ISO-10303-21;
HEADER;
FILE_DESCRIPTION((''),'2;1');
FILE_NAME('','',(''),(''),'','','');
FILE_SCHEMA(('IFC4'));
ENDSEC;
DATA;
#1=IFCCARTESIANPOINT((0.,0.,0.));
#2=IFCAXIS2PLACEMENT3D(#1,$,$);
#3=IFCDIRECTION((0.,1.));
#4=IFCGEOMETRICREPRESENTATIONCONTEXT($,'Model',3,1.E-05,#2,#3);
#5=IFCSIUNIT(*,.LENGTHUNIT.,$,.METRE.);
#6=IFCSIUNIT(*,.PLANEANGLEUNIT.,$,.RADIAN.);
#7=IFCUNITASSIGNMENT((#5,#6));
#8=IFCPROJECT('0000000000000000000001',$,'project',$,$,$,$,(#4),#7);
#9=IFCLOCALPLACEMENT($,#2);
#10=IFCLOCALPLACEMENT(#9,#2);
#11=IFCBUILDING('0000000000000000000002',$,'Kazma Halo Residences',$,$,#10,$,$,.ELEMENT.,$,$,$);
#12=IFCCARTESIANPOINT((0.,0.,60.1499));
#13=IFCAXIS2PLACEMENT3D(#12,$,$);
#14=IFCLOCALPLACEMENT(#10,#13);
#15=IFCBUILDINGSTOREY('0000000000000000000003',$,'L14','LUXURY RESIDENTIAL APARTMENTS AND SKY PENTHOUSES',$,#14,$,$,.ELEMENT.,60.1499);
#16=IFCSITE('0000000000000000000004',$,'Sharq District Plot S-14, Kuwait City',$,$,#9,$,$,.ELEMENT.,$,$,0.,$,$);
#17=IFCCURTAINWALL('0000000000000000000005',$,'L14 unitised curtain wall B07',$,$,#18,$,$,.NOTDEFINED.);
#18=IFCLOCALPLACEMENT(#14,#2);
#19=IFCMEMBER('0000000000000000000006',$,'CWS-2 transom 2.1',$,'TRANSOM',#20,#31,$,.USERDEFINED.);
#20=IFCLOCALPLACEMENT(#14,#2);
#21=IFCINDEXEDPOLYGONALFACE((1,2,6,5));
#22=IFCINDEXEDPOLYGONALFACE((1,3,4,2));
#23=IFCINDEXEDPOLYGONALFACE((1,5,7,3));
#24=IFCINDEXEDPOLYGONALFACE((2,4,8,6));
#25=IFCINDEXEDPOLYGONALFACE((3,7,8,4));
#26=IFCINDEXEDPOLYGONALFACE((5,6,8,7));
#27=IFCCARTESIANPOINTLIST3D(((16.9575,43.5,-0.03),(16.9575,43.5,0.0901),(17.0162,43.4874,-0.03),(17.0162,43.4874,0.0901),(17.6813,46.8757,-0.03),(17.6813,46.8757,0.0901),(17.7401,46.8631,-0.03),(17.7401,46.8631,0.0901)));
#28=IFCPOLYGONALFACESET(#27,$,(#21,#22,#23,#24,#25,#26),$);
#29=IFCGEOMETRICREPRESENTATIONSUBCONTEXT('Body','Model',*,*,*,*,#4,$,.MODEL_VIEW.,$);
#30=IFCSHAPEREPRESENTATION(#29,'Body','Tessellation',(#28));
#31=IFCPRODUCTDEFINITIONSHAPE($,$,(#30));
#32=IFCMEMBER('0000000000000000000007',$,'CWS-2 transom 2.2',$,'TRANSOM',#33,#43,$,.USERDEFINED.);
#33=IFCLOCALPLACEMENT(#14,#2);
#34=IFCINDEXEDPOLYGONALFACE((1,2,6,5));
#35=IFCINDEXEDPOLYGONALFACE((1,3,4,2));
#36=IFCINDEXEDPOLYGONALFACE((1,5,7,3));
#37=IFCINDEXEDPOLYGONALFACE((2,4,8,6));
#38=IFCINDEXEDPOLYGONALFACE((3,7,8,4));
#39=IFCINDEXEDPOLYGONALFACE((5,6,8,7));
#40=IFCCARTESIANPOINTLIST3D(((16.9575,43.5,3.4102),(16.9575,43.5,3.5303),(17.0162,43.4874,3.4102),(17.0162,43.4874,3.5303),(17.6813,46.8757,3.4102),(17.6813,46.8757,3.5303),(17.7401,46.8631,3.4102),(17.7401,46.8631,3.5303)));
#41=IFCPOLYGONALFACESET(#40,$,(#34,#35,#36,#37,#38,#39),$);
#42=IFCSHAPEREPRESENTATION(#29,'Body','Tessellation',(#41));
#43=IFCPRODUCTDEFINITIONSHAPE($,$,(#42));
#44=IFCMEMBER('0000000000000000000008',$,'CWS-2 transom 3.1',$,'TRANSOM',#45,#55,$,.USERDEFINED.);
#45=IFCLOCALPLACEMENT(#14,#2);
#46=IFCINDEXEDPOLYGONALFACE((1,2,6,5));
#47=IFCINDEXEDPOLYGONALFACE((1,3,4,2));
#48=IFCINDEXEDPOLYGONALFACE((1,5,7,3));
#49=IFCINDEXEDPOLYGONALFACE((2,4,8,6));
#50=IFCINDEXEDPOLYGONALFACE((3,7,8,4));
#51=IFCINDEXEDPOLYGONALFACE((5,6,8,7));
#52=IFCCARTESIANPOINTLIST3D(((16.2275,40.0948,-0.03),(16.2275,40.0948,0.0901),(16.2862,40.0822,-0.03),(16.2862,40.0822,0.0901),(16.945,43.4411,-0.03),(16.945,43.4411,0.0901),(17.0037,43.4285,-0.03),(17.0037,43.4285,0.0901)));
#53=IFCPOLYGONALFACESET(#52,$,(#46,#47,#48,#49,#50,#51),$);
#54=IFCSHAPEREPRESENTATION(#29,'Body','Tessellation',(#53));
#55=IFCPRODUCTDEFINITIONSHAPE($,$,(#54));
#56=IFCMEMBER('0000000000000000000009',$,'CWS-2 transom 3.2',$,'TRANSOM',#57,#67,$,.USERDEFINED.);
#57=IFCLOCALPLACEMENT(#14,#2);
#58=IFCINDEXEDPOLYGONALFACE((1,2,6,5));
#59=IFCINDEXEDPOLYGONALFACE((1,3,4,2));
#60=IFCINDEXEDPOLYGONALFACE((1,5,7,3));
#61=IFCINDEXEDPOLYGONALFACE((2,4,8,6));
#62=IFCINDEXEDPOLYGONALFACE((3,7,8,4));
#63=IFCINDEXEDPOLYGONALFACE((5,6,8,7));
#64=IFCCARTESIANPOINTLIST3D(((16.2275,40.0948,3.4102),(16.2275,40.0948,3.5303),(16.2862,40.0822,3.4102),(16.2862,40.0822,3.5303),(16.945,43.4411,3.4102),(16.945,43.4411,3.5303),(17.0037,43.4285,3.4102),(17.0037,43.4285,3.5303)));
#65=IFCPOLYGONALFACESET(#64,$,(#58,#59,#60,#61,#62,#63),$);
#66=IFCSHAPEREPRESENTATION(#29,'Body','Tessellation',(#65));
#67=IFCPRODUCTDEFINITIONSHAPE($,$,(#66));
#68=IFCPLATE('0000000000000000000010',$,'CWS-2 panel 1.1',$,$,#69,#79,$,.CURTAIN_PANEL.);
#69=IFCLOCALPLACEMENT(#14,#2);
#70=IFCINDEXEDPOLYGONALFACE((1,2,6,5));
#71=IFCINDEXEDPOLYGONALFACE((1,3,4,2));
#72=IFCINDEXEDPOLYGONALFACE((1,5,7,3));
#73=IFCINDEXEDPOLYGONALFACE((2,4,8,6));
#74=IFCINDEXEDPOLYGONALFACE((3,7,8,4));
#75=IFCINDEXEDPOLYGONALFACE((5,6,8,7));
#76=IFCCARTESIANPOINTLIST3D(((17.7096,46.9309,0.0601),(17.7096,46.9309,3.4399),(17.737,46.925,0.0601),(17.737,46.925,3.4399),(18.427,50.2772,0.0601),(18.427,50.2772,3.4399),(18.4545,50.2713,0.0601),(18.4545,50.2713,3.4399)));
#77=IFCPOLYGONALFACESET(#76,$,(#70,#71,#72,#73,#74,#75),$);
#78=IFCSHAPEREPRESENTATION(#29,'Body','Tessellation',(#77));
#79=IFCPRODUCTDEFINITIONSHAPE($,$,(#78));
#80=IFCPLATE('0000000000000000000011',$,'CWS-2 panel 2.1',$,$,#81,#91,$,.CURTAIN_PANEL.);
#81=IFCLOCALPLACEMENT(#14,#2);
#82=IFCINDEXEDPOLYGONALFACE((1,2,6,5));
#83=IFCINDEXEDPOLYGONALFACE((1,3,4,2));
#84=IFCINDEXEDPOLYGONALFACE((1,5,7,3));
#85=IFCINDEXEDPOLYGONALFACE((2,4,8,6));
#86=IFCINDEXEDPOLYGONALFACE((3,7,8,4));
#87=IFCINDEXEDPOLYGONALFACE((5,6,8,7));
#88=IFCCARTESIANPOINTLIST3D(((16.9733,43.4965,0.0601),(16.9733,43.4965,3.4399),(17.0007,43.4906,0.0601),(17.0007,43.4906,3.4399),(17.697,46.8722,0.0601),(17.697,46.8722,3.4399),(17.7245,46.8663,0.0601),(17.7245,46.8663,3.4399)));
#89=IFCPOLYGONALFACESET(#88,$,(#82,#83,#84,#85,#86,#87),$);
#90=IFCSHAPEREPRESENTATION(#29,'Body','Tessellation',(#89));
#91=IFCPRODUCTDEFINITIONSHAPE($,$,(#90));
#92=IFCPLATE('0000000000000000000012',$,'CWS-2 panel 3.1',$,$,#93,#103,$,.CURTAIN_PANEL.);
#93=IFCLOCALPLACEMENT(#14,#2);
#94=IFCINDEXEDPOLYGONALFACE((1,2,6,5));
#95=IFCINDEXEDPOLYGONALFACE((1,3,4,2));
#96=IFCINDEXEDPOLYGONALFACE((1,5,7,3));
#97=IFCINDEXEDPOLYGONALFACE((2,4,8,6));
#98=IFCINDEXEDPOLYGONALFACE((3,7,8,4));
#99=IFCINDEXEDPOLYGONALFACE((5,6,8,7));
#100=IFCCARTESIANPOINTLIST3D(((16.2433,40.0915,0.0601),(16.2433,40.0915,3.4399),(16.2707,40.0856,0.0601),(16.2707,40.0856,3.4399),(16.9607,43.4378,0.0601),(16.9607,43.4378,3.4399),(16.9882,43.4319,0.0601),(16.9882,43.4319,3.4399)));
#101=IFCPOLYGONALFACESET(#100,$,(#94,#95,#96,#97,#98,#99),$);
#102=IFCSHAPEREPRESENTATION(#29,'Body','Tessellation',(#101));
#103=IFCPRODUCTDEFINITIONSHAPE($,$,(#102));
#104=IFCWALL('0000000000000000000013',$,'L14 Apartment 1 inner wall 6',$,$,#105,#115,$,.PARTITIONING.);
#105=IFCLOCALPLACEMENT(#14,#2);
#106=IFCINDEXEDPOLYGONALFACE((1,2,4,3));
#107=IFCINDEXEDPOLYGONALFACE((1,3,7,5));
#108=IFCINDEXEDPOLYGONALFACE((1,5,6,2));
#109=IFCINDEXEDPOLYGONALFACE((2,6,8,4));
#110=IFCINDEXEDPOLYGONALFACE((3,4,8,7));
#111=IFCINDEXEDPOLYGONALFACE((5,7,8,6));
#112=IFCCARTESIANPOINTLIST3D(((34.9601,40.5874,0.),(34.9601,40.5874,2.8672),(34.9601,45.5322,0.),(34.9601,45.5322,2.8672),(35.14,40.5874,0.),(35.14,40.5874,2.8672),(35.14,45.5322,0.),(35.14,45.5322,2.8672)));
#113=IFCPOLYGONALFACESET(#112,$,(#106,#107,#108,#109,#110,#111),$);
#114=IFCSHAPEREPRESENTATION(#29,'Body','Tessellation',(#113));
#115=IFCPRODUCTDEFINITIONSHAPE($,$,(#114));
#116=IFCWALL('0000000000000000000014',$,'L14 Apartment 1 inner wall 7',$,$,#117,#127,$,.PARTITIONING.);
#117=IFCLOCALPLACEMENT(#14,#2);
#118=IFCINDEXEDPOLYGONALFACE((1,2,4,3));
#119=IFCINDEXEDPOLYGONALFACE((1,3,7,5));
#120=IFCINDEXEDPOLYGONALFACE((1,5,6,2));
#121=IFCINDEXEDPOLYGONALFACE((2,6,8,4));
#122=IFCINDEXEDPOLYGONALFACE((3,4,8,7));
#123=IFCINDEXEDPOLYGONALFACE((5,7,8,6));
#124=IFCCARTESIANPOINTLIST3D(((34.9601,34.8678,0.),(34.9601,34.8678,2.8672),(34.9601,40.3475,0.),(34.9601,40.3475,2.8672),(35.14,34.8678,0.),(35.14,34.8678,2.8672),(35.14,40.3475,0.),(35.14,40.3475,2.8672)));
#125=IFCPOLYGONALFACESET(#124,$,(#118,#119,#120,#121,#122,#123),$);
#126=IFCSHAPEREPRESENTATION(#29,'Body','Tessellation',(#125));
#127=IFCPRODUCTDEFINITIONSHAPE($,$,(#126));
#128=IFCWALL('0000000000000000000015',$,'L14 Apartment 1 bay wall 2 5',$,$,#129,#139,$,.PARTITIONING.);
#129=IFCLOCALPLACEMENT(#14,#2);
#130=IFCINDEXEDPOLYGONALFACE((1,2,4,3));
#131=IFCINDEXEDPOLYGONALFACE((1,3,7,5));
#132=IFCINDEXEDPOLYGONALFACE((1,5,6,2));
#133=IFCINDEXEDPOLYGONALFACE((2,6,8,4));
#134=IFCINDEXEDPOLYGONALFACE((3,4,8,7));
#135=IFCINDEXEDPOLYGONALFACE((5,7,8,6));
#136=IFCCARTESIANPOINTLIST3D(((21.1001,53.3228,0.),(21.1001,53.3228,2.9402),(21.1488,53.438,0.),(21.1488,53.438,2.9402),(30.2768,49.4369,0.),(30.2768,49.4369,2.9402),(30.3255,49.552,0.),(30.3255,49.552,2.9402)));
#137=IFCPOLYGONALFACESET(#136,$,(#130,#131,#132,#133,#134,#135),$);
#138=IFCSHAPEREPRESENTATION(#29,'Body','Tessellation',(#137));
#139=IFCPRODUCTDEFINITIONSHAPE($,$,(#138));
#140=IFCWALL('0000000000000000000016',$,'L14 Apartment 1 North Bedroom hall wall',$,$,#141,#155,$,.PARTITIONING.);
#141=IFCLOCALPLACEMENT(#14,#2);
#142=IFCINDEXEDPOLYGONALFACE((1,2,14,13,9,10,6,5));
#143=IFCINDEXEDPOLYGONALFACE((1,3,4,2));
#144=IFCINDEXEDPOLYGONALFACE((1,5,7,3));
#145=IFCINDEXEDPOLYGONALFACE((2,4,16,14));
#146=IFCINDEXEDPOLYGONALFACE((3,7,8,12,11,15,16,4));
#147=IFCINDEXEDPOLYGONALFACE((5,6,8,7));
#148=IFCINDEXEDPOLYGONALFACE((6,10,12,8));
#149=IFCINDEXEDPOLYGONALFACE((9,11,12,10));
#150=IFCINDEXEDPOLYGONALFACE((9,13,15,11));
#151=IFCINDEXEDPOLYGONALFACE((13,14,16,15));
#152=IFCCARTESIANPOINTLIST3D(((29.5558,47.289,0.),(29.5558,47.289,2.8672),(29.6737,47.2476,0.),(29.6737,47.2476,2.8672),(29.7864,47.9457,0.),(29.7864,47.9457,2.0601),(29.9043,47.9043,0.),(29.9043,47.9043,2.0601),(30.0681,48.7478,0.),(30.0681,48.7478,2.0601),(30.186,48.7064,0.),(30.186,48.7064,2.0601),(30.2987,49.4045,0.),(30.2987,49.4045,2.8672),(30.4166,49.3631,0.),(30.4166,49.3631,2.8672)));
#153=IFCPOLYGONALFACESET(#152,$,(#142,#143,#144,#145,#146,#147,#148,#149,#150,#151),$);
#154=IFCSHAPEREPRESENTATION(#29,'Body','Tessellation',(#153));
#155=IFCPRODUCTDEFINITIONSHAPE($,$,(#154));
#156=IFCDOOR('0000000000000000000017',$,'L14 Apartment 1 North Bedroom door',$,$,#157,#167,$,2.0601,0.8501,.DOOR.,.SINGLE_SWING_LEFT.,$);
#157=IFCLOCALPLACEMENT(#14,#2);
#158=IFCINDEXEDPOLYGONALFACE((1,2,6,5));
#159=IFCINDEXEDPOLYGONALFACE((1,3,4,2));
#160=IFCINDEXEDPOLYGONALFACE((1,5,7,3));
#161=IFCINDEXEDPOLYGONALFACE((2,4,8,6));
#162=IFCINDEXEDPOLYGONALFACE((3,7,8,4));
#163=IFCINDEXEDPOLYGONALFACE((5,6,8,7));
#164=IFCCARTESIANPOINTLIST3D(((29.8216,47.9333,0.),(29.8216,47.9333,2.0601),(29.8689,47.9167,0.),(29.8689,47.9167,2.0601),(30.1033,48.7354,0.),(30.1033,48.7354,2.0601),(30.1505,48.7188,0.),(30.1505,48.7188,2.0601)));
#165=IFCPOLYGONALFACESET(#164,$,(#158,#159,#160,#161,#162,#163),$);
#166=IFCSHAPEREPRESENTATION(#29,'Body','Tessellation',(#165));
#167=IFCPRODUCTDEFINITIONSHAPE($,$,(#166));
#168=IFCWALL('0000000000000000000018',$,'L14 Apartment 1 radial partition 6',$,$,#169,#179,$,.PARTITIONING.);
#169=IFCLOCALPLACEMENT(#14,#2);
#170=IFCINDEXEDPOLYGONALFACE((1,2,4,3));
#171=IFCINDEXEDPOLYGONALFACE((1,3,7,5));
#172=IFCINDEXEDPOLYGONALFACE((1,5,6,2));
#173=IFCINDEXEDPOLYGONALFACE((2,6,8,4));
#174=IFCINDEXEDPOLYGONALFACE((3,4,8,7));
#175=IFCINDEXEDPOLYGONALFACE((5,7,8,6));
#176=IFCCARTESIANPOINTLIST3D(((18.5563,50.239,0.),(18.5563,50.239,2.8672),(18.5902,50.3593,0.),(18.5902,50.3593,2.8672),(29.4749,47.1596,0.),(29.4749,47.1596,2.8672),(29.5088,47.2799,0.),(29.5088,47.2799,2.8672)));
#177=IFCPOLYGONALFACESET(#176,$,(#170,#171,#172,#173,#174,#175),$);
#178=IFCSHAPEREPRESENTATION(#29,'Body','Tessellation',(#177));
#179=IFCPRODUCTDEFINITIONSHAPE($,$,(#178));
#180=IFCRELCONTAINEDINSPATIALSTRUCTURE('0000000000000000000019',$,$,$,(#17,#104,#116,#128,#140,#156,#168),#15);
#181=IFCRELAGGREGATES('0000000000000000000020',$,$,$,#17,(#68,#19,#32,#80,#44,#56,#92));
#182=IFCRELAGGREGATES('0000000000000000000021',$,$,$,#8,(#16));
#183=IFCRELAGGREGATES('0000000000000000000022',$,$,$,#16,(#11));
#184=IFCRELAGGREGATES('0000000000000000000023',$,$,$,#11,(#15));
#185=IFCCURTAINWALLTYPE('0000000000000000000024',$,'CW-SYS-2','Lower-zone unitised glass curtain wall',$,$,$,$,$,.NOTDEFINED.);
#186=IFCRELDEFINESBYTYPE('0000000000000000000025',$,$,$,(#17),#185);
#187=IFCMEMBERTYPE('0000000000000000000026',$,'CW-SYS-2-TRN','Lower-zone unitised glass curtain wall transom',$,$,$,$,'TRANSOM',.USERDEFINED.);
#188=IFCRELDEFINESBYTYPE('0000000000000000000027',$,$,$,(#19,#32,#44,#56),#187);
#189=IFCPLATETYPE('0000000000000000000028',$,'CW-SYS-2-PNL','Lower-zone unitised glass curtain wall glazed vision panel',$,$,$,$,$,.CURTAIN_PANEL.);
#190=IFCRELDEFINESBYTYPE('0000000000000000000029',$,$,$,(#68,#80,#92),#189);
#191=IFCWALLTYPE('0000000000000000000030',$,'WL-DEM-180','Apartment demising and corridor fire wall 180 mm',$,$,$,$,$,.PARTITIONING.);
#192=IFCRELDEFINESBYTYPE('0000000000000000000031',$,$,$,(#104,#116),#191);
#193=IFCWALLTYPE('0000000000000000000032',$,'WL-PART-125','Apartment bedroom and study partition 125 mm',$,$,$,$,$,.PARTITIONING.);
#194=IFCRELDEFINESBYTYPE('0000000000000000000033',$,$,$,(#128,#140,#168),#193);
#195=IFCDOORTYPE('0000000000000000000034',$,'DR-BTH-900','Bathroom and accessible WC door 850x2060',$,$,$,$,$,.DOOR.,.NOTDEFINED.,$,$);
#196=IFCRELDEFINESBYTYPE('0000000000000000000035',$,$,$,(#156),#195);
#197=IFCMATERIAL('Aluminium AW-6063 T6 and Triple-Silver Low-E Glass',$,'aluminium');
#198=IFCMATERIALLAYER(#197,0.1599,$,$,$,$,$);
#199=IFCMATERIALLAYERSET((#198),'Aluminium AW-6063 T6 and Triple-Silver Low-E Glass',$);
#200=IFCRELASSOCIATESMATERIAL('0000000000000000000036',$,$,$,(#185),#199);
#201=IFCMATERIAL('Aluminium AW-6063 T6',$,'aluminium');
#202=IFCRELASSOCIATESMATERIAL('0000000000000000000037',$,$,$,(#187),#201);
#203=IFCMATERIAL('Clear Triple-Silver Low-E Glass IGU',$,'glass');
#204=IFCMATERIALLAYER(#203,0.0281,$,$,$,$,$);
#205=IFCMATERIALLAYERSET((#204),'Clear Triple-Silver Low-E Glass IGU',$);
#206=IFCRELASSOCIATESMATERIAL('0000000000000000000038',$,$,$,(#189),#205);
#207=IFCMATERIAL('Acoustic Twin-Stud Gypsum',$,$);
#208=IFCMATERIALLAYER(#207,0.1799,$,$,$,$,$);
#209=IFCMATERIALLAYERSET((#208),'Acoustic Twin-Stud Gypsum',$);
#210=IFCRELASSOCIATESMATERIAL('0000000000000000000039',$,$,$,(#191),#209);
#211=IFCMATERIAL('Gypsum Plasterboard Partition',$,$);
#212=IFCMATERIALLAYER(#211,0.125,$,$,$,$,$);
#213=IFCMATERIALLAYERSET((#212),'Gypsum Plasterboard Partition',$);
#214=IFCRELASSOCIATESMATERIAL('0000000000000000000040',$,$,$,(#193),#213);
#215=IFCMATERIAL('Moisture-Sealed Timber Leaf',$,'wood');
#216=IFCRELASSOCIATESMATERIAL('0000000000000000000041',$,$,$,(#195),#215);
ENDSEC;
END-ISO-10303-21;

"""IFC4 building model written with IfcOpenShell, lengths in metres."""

from ifc_helpers import new_model, si_unit, direction, frame, frame_2d, origin, origin_2d, place, context, subcontext, project, spatial, rectangle, extrude, material, layer, layer_set, material_profile, profile_set, type_object, element, fill, aggregate, save


model = new_model("IFC4")

# Units and contexts
model_context = context("Model", 3, precision=1e-05, world=origin(), true_north=direction((0.0, 1.0)))
body_context = subcontext(model_context, "Body", "Model", "MODEL_VIEW")
ifc_project = project(units=[si_unit("LENGTHUNIT", "METRE"), si_unit("PLANEANGLEUNIT", "RADIAN")], contexts=[model_context])

# Site, building, storey
site_placement = place(None, origin())
site = spatial("IfcSite", under=ifc_project, at=site_placement, Name="Sharq District Plot S-14, Kuwait City", CompositionType="ELEMENT", RefElevation=0.0)
building_placement = place(site_placement, origin())
building = spatial("IfcBuilding", under=site, at=building_placement, Name="Kazma Halo Residences", CompositionType="ELEMENT")
storey_placement = place(building_placement, frame((0.0, 0.0, 60.1499)))
storey = spatial("IfcBuildingStorey", under=building, at=storey_placement, Name="L14", Description="LUXURY RESIDENTIAL APARTMENTS AND SKY PENTHOUSES", CompositionType="ELEMENT", Elevation=60.1499)

# Curtain wall, members, plates
ifc_material_1 = material(Name="Aluminium AW-6063 T6 and Triple-Silver Low-E Glass", Category="aluminium")
ifc_layer_1 = layer(ifc_material_1, 0.1599)
ifc_layer_set_1 = layer_set([ifc_layer_1], Name="Aluminium AW-6063 T6 and Triple-Silver Low-E Glass")
curtain_wall_type = type_object("IfcCurtainWallType", Name="CW-SYS-2", Description="Lower-zone unitised glass curtain wall", PredefinedType="NOTDEFINED", material=ifc_layer_set_1)
curtain_wall_placement = place(storey_placement, origin())
curtain_wall = element("IfcCurtainWall", 1, at=curtain_wall_placement, inside=storey, type_object=curtain_wall_type, Name="L14 unitised curtain wall B07", PredefinedType="NOTDEFINED")
ifc_material_2 = material(Name="Aluminium AW-6063 T6", Category="aluminium")
ifc_material_profile_1 = material_profile(ifc_material_2, rectangle(XDim=0.0601, YDim=0.1201, at=origin_2d()), Name="CWT-60x120")
ifc_profile_set_1 = profile_set([ifc_material_profile_1], Name="Aluminium AW-6063 T6")
member_type_1 = type_object("IfcMemberType", Name="CW-SYS-2-TRN", Description="Lower-zone unitised glass curtain wall transom", ElementType="TRANSOM", PredefinedType="USERDEFINED", material=ifc_profile_set_1)
member_1_placement = place(storey_placement, frame((17.7107, 46.8694, 0.03), z_axis=(-0.209669, -0.977772, 0.0), x_axis=(0.977772, -0.209669, 0.0)))
member_1 = element("IfcMember", 2, at=member_1_placement, type_object=member_type_1, Name="CWS-2 transom 2.1", ObjectType="TRANSOM", PredefinedType="USERDEFINED", context=body_context, shape_type="SweptSolid", body=[
    extrude(rectangle(XDim=0.0601, YDim=0.1201, at=origin_2d()), origin(), (0.0, 0.0, 1.0), 3.4524),
])
member_2_placement = place(storey_placement, frame((17.7107, 46.8694, 3.4702), z_axis=(-0.209669, -0.977772, 0.0), x_axis=(0.977772, -0.209669, 0.0)))
member_2 = element("IfcMember", 3, at=member_2_placement, type_object=member_type_1, Name="CWS-2 transom 2.2", ObjectType="TRANSOM", PredefinedType="USERDEFINED", context=body_context, shape_type="SweptSolid", body=[
    extrude(rectangle(XDim=0.0601, YDim=0.1201, at=origin_2d()), origin(), (0.0, 0.0, 1.0), 3.4524),
])
member_3_placement = place(storey_placement, frame((16.9744, 43.4348, 0.03), z_axis=(-0.209666, -0.977773, 0.0), x_axis=(0.977773, -0.209666, 0.0)))
member_3 = element("IfcMember", 4, at=member_3_placement, type_object=member_type_1, Name="CWS-2 transom 3.1", ObjectType="TRANSOM", PredefinedType="USERDEFINED", context=body_context, shape_type="SweptSolid", body=[
    extrude(rectangle(XDim=0.0601, YDim=0.1201, at=origin_2d()), origin(), (0.0, 0.0, 1.0), 3.4224),
])
member_4_placement = place(storey_placement, frame((16.9744, 43.4348, 3.4702), z_axis=(-0.209666, -0.977773, 0.0), x_axis=(0.977773, -0.209666, 0.0)))
member_4 = element("IfcMember", 5, at=member_4_placement, type_object=member_type_1, Name="CWS-2 transom 3.2", ObjectType="TRANSOM", PredefinedType="USERDEFINED", context=body_context, shape_type="SweptSolid", body=[
    extrude(rectangle(XDim=0.0601, YDim=0.1201, at=origin_2d()), origin(), (0.0, 0.0, 1.0), 3.4224),
])
ifc_material_3 = material(Name="Clear Triple-Silver Low-E Glass IGU", Category="glass")
ifc_layer_2 = layer(ifc_material_3, 0.0281)
ifc_layer_set_2 = layer_set([ifc_layer_2], Name="Clear Triple-Silver Low-E Glass IGU")
plate_type = type_object("IfcPlateType", Name="CW-SYS-2-PNL", Description="Lower-zone unitised glass curtain wall glazed vision panel", PredefinedType="CURTAIN_PANEL", material=ifc_layer_set_2)
plate_1_placement = place(storey_placement, frame((18.082, 48.6011, 0.0601), z_axis=(0.0, 0.0, 1.0), x_axis=(-0.209637, -0.977779, 0.0)))
plate_1 = element("IfcPlate", 6, at=plate_1_placement, type_object=plate_type, Name="CWS-2 panel 1.1", PredefinedType="CURTAIN_PANEL", context=body_context, shape_type="SweptSolid", body=[
    extrude(rectangle(XDim=3.4224, YDim=0.0281, at=origin_2d()), origin(), (0.0, 0.0, 1.0), 3.3799),
])
plate_2_placement = place(storey_placement, frame((17.3489, 45.1814, 0.0601), z_axis=(0.0, 0.0, 1.0), x_axis=(-0.209637, -0.977779, 0.0)))
plate_2 = element("IfcPlate", 7, at=plate_2_placement, type_object=plate_type, Name="CWS-2 panel 2.1", PredefinedType="CURTAIN_PANEL", context=body_context, shape_type="SweptSolid", body=[
    extrude(rectangle(XDim=3.4524, YDim=0.0281, at=origin_2d()), origin(), (0.0, 0.0, 1.0), 3.3799),
])
plate_3_placement = place(storey_placement, frame((16.6157, 41.7617, 0.0601), z_axis=(0.0, 0.0, 1.0), x_axis=(-0.209637, -0.977779, 0.0)))
plate_3 = element("IfcPlate", 8, at=plate_3_placement, type_object=plate_type, Name="CWS-2 panel 3.1", PredefinedType="CURTAIN_PANEL", context=body_context, shape_type="SweptSolid", body=[
    extrude(rectangle(XDim=3.4224, YDim=0.0281, at=origin_2d()), origin(), (0.0, 0.0, 1.0), 3.3799),
])
aggregate(curtain_wall, [plate_1, member_1, member_2, plate_2, member_3, member_4, plate_3])

# Walls
ifc_material_4 = material(Name="Acoustic Twin-Stud Gypsum")
ifc_layer_3 = layer(ifc_material_4, 0.1799)
ifc_layer_set_3 = layer_set([ifc_layer_3], Name="Acoustic Twin-Stud Gypsum")
wall_type_1 = type_object("IfcWallType", Name="WL-DEM-180", Description="Apartment demising and corridor fire wall 180 mm", PredefinedType="PARTITIONING", material=ifc_layer_set_3)
wall_1_placement = place(storey_placement, frame((35.05, 45.5322, 0.0), z_axis=(0.0, 0.0, 1.0), x_axis=(0.0, -1.0, 0.0)))
element("IfcWall", 9, at=wall_1_placement, inside=storey, type_object=wall_type_1, Name="L14 Apartment 1 inner wall 6", PredefinedType="PARTITIONING", context=body_context, shape_type="SweptSolid", body=[
    extrude(rectangle(XDim=4.9448, YDim=0.1799, at=frame_2d((2.4724, 0.0))), origin(), (0.0, 0.0, 1.0), 2.8672),
])
wall_2_placement = place(storey_placement, frame((35.05, 40.3474, 0.0), z_axis=(0.0, 0.0, 1.0), x_axis=(0.0, -1.0, 0.0)))
element("IfcWall", 10, at=wall_2_placement, inside=storey, type_object=wall_type_1, Name="L14 Apartment 1 inner wall 7", PredefinedType="PARTITIONING", context=body_context, shape_type="SweptSolid", body=[
    extrude(rectangle(XDim=5.4797, YDim=0.1799, at=frame_2d((2.7397, 0.0))), origin(), (0.0, 0.0, 1.0), 2.8672),
])
ifc_material_5 = material(Name="Gypsum Plasterboard Partition")
ifc_layer_4 = layer(ifc_material_5, 0.125)
ifc_layer_set_4 = layer_set([ifc_layer_4], Name="Gypsum Plasterboard Partition")
wall_type_2 = type_object("IfcWallType", Name="WL-PART-125", Description="Apartment bedroom and study partition 125 mm", PredefinedType="PARTITIONING", material=ifc_layer_set_4)
wall_3_placement = place(storey_placement, frame((30.3013, 49.4944, 0.0), z_axis=(0.0, 0.0, 1.0), x_axis=(-0.920841, 0.389939, 0.0)))
element("IfcWall", 11, at=wall_3_placement, inside=storey, type_object=wall_type_2, Name="L14 Apartment 1 bay wall 2 5", PredefinedType="PARTITIONING", context=body_context, shape_type="SweptSolid", body=[
    extrude(rectangle(XDim=9.9656, YDim=0.125, at=frame_2d((4.9829, 0.0))), origin(), (0.0, 0.0, 1.0), 2.9402),
])

# Wall, opening, door
wall_4_placement = place(storey_placement, frame((30.3577, 49.3838, 0.0), z_axis=(0.0, 0.0, 1.0), x_axis=(-0.331345, -0.94351, 0.0)))
wall_4 = element("IfcWall", 12, at=wall_4_placement, inside=storey, type_object=wall_type_2, Name="L14 Apartment 1 North Bedroom hall wall", PredefinedType="PARTITIONING", context=body_context, shape_type="SweptSolid", body=[
    extrude(rectangle(XDim=2.2422, YDim=0.125, at=frame_2d((1.1211, 0.0))), origin(), (0.0, 0.0, 1.0), 2.8672),
])
opening_1_placement = place(wall_4_placement, frame((0.696, 0.0, 0.0)))
opening_1 = element("IfcOpeningElement", 13, at=opening_1_placement, cuts=wall_4, PredefinedType="OPENING", context=body_context, shape_type="SweptSolid", body=[
    extrude(rectangle(XDim=0.8501, YDim=2.0601, at=frame_2d((0.425, 1.03))), frame((0.0, 0.0725, 0.0), z_axis=(0.0, -1.0, 0.0), x_axis=(1.0, 0.0, 0.0)), (0.0, 0.0, 1.0), 0.145),
])
ifc_material_6 = material(Name="Moisture-Sealed Timber Leaf", Category="wood")
door_type = type_object("IfcDoorType", Name="DR-BTH-900", Description="Bathroom and accessible WC door 850x2060", OperationType="NOTDEFINED", PredefinedType="DOOR", material=ifc_material_6)
door_1_placement = place(opening_1_placement, origin())
door_1 = element("IfcDoor", 14, at=door_1_placement, inside=storey, type_object=door_type, Name="L14 Apartment 1 North Bedroom door", OperationType="SINGLE_SWING_LEFT", OverallHeight=2.0601, OverallWidth=0.8501, PredefinedType="DOOR", context=body_context, shape_type="SweptSolid", body=[
    extrude(rectangle(XDim=0.8501, YDim=2.0601, at=frame_2d((0.425, 1.03))), frame((0.0, 0.0249, 0.0), z_axis=(0.0, -1.0, 0.0), x_axis=(1.0, 0.0, 0.0)), (0.0, 0.0, 1.0), 0.05),
])
fill(opening_1, door_1)

# Wall
wall_5_placement = place(storey_placement, frame((29.4919, 47.2197, 0.0), z_axis=(0.0, 0.0, 1.0), x_axis=(-0.962455, 0.271442, 0.0)))
element("IfcWall", 15, at=wall_5_placement, inside=storey, type_object=wall_type_2, Name="L14 Apartment 1 radial partition 6", PredefinedType="PARTITIONING", context=body_context, shape_type="SweptSolid", body=[
    extrude(rectangle(XDim=11.3445, YDim=0.125, at=frame_2d((5.6724, 0.0))), origin(), (0.0, 0.0, 1.0), 2.8672),
])

save(model, "model.ifc")
